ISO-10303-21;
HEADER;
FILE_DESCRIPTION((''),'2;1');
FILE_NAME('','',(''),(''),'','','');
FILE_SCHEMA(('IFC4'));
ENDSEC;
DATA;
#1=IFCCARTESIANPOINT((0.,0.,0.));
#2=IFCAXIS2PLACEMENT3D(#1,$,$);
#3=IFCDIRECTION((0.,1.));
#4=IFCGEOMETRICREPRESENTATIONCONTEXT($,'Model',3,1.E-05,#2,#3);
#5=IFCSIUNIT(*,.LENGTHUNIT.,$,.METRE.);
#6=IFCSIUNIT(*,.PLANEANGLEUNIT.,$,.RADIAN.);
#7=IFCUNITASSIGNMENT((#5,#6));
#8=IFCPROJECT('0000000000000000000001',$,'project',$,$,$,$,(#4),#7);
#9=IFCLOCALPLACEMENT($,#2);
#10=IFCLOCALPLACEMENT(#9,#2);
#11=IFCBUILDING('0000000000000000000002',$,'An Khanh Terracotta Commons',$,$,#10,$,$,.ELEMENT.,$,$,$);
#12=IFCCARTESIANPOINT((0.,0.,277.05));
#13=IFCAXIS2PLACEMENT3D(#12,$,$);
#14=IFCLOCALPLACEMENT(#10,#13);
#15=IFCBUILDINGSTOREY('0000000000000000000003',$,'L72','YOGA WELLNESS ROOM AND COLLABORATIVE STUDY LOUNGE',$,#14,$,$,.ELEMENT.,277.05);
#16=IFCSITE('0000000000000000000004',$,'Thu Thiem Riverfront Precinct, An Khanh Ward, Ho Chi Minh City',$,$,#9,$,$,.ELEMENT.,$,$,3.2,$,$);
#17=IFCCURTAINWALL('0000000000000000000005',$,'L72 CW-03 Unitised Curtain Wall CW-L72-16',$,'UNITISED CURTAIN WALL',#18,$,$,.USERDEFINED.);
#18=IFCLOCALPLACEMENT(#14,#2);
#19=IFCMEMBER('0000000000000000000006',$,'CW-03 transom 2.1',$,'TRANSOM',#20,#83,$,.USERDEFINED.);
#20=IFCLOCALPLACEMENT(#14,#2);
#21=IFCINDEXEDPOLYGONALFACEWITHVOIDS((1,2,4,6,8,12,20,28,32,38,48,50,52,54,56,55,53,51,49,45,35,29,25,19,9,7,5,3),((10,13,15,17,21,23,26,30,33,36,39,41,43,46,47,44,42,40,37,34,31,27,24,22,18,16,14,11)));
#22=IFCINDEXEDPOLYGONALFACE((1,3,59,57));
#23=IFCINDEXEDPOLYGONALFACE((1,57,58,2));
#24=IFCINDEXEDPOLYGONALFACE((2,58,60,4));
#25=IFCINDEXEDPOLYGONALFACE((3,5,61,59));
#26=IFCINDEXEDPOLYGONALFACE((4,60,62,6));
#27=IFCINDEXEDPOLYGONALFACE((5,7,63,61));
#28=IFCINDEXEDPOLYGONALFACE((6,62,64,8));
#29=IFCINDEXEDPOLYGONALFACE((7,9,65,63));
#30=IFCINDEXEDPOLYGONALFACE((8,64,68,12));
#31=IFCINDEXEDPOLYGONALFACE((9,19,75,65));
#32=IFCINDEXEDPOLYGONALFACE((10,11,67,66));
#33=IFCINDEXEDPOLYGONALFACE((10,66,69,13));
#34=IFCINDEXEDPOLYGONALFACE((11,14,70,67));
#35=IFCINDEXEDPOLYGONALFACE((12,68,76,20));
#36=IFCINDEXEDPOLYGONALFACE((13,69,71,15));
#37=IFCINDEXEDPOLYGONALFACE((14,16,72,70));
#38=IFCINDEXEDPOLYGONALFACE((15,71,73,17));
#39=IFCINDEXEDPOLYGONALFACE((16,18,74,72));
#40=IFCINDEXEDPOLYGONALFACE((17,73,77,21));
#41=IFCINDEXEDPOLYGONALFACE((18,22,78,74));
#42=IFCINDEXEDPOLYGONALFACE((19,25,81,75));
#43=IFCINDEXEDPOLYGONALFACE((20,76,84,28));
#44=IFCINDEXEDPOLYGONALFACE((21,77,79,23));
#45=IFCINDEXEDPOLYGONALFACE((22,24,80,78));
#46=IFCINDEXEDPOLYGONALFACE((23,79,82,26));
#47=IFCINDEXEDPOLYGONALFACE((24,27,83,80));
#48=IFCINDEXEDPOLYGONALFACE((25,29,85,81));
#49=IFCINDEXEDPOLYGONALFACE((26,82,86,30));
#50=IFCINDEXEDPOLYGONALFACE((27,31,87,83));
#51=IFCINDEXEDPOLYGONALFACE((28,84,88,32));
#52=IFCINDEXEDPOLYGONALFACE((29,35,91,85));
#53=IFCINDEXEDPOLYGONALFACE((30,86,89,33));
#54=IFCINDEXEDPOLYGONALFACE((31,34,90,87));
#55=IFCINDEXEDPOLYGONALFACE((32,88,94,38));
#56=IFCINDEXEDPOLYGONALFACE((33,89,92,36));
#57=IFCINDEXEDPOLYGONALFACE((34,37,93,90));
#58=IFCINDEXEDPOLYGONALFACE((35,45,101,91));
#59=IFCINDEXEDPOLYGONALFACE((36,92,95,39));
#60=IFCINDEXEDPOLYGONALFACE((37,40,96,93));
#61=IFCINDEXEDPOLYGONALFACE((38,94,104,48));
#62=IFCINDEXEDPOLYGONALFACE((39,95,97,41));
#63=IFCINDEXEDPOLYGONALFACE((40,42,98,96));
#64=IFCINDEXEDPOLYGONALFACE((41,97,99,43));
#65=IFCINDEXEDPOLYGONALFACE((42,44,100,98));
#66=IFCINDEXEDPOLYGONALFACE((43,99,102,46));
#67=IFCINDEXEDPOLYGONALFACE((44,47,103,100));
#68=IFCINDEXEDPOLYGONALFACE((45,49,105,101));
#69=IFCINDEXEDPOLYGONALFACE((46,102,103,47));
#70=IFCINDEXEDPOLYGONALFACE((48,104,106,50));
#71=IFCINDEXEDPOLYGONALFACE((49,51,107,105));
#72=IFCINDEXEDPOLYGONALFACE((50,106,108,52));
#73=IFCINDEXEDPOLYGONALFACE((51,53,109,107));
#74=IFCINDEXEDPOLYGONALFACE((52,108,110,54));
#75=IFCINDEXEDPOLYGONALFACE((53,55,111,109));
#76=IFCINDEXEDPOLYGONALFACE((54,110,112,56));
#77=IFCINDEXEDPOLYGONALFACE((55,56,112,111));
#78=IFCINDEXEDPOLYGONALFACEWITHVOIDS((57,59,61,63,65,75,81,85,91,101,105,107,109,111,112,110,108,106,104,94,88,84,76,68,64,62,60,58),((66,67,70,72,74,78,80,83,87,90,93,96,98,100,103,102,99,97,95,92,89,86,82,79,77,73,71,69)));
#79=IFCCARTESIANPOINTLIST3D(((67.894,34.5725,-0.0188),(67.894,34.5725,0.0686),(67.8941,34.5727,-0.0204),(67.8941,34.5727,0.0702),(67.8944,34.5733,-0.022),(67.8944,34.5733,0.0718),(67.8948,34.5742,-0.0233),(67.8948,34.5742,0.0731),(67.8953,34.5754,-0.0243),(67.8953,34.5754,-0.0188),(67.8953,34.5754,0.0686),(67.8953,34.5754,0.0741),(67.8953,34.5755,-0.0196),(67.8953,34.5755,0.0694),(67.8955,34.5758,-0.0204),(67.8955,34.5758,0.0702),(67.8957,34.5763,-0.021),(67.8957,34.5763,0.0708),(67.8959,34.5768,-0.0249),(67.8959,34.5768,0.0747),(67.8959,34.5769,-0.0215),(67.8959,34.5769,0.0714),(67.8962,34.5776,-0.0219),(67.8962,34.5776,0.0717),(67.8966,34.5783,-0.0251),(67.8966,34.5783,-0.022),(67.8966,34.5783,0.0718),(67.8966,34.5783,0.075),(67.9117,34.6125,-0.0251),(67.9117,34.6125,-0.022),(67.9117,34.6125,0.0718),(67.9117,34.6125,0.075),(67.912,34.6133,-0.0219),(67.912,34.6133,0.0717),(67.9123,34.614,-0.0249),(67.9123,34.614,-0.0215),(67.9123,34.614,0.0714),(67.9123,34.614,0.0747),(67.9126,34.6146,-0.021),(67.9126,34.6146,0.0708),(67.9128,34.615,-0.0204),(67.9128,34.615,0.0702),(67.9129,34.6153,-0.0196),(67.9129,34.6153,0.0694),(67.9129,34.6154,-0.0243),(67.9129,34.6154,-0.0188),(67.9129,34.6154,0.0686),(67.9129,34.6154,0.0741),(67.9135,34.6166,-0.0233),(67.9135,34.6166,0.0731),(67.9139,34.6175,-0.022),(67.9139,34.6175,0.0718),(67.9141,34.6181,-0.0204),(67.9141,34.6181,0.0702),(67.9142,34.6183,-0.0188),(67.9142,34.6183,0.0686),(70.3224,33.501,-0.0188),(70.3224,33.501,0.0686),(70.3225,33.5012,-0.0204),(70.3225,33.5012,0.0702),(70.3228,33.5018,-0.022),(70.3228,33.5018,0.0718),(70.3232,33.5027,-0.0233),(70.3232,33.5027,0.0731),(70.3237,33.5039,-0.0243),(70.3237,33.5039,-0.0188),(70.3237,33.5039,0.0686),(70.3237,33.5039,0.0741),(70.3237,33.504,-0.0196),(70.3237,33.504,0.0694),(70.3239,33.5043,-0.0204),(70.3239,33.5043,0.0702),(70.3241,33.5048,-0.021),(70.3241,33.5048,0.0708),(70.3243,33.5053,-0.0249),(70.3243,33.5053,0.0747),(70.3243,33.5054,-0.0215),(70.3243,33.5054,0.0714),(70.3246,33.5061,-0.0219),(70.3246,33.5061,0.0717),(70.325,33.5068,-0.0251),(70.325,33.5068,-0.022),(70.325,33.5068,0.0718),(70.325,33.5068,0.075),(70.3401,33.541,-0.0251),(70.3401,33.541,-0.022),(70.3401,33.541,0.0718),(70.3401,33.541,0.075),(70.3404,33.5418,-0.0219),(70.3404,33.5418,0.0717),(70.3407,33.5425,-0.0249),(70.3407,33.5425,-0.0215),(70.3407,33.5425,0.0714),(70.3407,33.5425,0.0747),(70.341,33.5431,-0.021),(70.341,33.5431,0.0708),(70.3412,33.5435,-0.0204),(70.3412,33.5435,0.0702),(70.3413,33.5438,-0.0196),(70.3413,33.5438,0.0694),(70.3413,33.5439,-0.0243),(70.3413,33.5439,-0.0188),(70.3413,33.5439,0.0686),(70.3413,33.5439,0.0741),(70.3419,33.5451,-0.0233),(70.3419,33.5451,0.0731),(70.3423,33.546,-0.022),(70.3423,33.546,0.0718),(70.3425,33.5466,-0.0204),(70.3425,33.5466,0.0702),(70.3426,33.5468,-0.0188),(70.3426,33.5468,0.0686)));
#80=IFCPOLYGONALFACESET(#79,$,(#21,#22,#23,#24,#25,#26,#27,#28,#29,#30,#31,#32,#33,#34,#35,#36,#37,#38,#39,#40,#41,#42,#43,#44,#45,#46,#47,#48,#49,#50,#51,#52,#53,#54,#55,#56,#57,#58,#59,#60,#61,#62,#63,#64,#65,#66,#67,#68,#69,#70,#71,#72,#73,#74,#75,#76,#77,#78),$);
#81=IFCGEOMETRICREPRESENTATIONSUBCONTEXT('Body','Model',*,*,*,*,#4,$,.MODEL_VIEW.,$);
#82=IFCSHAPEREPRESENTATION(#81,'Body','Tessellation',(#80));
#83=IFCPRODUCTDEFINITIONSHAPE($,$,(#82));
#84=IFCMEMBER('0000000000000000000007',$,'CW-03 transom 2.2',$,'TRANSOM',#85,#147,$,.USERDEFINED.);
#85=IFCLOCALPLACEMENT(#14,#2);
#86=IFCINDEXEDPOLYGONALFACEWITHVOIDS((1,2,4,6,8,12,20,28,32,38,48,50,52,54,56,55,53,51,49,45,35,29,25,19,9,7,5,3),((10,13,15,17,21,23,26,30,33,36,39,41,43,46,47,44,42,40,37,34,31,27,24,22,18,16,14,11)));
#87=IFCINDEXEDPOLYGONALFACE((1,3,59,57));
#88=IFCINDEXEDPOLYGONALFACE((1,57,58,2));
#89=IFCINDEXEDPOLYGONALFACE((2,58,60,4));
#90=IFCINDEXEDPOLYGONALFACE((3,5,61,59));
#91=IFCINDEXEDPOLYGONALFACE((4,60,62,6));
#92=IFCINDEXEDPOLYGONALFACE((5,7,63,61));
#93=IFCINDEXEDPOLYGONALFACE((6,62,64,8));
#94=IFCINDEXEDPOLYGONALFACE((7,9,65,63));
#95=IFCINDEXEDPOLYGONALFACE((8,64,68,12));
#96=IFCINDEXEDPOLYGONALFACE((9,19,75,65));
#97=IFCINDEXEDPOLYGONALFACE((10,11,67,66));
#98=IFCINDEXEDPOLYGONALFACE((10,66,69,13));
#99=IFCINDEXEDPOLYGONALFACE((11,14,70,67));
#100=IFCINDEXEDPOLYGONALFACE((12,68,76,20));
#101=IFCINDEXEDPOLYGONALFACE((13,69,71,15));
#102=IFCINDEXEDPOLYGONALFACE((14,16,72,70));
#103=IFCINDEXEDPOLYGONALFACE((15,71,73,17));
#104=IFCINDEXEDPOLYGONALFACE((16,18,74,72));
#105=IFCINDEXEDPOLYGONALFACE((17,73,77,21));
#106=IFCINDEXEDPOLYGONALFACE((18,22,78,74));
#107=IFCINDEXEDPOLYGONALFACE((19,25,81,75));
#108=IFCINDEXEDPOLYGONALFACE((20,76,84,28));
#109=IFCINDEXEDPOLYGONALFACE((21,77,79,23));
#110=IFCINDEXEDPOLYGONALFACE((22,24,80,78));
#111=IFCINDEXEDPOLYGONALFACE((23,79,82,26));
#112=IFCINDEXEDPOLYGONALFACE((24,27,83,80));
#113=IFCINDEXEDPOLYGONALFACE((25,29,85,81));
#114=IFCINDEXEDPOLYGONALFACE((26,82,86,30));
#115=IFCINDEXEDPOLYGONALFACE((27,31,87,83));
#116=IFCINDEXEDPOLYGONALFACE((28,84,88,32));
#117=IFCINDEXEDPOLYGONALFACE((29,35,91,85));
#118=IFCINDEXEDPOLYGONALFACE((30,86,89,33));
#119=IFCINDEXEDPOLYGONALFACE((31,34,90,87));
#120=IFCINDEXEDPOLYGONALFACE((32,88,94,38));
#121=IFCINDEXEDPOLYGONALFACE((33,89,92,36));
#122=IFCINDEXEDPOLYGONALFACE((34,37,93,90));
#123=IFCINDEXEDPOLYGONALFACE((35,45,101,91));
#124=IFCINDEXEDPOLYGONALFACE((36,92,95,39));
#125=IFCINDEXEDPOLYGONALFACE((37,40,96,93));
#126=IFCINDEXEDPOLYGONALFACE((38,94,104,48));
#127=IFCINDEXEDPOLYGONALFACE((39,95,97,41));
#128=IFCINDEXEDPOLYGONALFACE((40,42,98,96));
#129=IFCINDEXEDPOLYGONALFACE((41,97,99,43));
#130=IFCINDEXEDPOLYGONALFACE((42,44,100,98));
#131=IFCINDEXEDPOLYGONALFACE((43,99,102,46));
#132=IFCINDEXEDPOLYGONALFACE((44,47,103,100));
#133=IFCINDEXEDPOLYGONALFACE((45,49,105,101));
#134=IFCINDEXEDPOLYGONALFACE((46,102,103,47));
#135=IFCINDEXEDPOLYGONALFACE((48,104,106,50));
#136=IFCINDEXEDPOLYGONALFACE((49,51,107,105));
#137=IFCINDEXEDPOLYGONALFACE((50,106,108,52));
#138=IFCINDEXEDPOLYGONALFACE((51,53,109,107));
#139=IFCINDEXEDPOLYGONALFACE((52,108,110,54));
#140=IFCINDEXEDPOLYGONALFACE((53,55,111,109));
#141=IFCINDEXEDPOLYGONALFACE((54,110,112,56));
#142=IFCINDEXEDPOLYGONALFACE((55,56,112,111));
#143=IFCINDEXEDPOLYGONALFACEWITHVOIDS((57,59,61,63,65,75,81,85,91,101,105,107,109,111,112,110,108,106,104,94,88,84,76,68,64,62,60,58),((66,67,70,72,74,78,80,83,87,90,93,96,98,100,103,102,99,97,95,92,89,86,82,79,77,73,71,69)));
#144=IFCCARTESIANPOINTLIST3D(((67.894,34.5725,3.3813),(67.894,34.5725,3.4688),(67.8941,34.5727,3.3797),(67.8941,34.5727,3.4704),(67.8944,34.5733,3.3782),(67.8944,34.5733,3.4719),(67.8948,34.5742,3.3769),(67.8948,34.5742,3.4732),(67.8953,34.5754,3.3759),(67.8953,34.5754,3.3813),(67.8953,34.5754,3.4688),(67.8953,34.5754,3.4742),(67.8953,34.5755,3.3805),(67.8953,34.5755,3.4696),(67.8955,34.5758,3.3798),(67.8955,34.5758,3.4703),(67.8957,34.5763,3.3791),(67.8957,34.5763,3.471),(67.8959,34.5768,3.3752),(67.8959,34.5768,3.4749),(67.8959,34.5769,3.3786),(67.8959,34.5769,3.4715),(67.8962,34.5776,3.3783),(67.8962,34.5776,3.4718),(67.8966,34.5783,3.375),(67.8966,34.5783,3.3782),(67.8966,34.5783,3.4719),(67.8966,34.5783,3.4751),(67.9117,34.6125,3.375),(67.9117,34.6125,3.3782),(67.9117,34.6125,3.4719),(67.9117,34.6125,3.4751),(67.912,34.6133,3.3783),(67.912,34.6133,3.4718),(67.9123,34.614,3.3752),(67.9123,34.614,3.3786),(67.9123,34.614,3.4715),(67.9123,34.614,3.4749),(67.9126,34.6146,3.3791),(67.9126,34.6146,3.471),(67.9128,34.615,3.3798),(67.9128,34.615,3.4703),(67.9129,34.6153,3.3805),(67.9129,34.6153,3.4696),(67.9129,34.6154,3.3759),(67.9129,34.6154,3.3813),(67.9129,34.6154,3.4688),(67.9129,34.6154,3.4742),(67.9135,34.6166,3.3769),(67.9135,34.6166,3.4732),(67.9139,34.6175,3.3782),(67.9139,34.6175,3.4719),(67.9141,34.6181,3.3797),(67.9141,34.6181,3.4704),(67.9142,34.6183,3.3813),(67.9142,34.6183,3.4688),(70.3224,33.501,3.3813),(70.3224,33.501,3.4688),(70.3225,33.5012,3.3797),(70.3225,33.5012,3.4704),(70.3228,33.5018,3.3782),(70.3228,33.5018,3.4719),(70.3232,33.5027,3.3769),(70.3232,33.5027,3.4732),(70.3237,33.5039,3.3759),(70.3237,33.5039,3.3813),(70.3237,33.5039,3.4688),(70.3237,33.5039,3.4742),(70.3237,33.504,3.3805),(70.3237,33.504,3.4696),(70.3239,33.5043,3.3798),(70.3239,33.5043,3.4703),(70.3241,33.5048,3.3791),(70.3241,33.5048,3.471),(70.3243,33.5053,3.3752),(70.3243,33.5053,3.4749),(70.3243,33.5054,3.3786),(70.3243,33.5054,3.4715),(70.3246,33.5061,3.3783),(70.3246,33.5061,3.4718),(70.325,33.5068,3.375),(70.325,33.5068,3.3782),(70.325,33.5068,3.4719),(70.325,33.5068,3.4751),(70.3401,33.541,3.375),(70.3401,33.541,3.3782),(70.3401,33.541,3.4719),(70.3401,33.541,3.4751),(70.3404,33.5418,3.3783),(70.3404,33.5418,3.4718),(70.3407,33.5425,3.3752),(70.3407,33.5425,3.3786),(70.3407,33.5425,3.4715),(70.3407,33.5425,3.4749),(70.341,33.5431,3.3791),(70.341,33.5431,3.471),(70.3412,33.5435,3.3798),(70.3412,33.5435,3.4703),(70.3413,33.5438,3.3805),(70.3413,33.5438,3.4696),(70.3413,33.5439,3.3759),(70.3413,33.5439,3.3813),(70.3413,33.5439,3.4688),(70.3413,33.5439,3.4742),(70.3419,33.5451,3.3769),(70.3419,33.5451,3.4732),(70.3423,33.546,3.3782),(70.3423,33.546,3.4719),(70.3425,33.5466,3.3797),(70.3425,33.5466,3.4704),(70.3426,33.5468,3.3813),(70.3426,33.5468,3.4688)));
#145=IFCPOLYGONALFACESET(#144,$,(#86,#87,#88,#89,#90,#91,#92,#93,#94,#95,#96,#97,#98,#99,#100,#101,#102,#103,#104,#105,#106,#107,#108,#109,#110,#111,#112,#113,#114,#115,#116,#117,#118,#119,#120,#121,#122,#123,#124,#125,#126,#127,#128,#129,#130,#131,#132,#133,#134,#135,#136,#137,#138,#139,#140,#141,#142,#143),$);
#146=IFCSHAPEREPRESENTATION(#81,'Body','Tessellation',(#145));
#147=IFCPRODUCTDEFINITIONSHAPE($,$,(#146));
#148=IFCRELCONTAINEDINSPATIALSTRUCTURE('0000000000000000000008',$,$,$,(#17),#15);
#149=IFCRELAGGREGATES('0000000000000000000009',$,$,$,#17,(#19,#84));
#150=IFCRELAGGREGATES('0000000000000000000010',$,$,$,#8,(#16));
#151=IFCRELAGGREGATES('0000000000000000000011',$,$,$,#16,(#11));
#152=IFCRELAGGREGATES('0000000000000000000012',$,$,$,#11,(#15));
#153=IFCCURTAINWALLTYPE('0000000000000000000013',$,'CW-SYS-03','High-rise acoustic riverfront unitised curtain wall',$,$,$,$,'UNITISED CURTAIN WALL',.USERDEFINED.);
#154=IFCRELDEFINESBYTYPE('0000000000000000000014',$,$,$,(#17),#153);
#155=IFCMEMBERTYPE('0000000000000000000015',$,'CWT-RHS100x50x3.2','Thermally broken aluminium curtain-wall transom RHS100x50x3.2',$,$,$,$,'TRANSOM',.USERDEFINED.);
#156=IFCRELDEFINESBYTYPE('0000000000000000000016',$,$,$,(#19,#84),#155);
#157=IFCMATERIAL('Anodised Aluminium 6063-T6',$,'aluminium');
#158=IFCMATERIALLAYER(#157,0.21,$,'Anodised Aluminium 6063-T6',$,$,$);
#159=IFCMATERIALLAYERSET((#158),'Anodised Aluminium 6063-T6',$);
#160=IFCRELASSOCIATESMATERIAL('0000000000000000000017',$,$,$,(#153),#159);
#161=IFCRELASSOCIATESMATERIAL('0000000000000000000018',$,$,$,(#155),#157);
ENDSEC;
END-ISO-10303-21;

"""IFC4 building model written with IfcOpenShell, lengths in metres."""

from ifc_helpers import new_model, si_unit, direction, frame, origin, origin_2d, place, context, subcontext, project, spatial, hollow_rectangle, extrude, material, layer, layer_set, material_profile, profile_set, type_object, element, aggregate, save


model = new_model("IFC4")

# Units and contexts
model_context = context("Model", 3, precision=1e-05, world=origin(), true_north=direction((0.0, 1.0)))
body_context = subcontext(model_context, "Body", "Model", "MODEL_VIEW")
ifc_project = project(units=[si_unit("LENGTHUNIT", "METRE"), si_unit("PLANEANGLEUNIT", "RADIAN")], contexts=[model_context])

# Site, building, storey
site_placement = place(None, origin())
site = spatial("IfcSite", under=ifc_project, at=site_placement, Name="Thu Thiem Riverfront Precinct, An Khanh Ward, Ho Chi Minh City", CompositionType="ELEMENT", RefElevation=3.2)
building_placement = place(site_placement, origin())
building = spatial("IfcBuilding", under=site, at=building_placement, Name="An Khanh Terracotta Commons", CompositionType="ELEMENT")
storey_placement = place(building_placement, frame((0.0, 0.0, 277.05)))
storey = spatial("IfcBuildingStorey", under=building, at=storey_placement, Name="L72", Description="YOGA WELLNESS ROOM AND COLLABORATIVE STUDY LOUNGE", CompositionType="ELEMENT", Elevation=277.05)

# Curtain wall, members
ifc_material_1 = material(Name="Anodised Aluminium 6063-T6", Category="aluminium")
ifc_layer_1 = layer(ifc_material_1, 0.21, Name="Anodised Aluminium 6063-T6")
ifc_layer_set_1 = layer_set([ifc_layer_1], Name="Anodised Aluminium 6063-T6")
curtain_wall_type_1 = type_object("IfcCurtainWallType", Name="CW-SYS-03", Description="High-rise acoustic riverfront unitised curtain wall", ElementType="UNITISED CURTAIN WALL", PredefinedType="USERDEFINED", material=ifc_layer_set_1)
curtain_wall_1_placement = place(storey_placement, origin())
curtain_wall_1 = element("IfcCurtainWall", 1, at=curtain_wall_1_placement, inside=storey, type_object=curtain_wall_type_1, Name="L72 CW-03 Unitised Curtain Wall CW-L72-16", ObjectType="UNITISED CURTAIN WALL", PredefinedType="USERDEFINED")
ifc_material_profile_1 = material_profile(ifc_material_1, hollow_rectangle(XDim=0.05, YDim=0.1001, WallThickness=0.0032, InnerFilletRadius=0.0032, OuterFilletRadius=0.0063, at=origin_2d()), Name="RHS100x50x3.2")
ifc_profile_set_1 = profile_set([ifc_material_profile_1], Name="Anodised Aluminium 6063-T6")
member_type_1 = type_object("IfcMemberType", Name="CWT-RHS100x50x3.2", Description="Thermally broken aluminium curtain-wall transom RHS100x50x3.2", ElementType="TRANSOM", PredefinedType="USERDEFINED", material=ifc_profile_set_1)
member_1_placement = place(storey_placement, frame((70.3325, 33.5239, 0.0249), z_axis=(-0.914897, 0.403688, 0.0), x_axis=(-0.403688, -0.914897, 0.0)))
member_1 = element("IfcMember", 2, at=member_1_placement, type_object=member_type_1, Name="CW-03 transom 2.1", ObjectType="TRANSOM", PredefinedType="USERDEFINED", context=body_context, shape_type="SweptSolid", body=[
    extrude(hollow_rectangle(XDim=0.05, YDim=0.1001, WallThickness=0.0032, InnerFilletRadius=0.0032, OuterFilletRadius=0.0063, at=origin_2d()), origin(), (0.0, 0.0, 1.0), 2.6543),
])
member_2_placement = place(storey_placement, frame((70.3325, 33.5239, 3.425), z_axis=(-0.914897, 0.403688, 0.0), x_axis=(-0.403688, -0.914897, 0.0)))
member_2 = element("IfcMember", 3, at=member_2_placement, type_object=member_type_1, Name="CW-03 transom 2.2", ObjectType="TRANSOM", PredefinedType="USERDEFINED", context=body_context, shape_type="SweptSolid", body=[
    extrude(hollow_rectangle(XDim=0.05, YDim=0.1001, WallThickness=0.0032, InnerFilletRadius=0.0032, OuterFilletRadius=0.0063, at=origin_2d()), origin(), (0.0, 0.0, 1.0), 2.6543),
])

aggregate(curtain_wall_1, [member_1, member_2])

save(model, "model.ifc")
